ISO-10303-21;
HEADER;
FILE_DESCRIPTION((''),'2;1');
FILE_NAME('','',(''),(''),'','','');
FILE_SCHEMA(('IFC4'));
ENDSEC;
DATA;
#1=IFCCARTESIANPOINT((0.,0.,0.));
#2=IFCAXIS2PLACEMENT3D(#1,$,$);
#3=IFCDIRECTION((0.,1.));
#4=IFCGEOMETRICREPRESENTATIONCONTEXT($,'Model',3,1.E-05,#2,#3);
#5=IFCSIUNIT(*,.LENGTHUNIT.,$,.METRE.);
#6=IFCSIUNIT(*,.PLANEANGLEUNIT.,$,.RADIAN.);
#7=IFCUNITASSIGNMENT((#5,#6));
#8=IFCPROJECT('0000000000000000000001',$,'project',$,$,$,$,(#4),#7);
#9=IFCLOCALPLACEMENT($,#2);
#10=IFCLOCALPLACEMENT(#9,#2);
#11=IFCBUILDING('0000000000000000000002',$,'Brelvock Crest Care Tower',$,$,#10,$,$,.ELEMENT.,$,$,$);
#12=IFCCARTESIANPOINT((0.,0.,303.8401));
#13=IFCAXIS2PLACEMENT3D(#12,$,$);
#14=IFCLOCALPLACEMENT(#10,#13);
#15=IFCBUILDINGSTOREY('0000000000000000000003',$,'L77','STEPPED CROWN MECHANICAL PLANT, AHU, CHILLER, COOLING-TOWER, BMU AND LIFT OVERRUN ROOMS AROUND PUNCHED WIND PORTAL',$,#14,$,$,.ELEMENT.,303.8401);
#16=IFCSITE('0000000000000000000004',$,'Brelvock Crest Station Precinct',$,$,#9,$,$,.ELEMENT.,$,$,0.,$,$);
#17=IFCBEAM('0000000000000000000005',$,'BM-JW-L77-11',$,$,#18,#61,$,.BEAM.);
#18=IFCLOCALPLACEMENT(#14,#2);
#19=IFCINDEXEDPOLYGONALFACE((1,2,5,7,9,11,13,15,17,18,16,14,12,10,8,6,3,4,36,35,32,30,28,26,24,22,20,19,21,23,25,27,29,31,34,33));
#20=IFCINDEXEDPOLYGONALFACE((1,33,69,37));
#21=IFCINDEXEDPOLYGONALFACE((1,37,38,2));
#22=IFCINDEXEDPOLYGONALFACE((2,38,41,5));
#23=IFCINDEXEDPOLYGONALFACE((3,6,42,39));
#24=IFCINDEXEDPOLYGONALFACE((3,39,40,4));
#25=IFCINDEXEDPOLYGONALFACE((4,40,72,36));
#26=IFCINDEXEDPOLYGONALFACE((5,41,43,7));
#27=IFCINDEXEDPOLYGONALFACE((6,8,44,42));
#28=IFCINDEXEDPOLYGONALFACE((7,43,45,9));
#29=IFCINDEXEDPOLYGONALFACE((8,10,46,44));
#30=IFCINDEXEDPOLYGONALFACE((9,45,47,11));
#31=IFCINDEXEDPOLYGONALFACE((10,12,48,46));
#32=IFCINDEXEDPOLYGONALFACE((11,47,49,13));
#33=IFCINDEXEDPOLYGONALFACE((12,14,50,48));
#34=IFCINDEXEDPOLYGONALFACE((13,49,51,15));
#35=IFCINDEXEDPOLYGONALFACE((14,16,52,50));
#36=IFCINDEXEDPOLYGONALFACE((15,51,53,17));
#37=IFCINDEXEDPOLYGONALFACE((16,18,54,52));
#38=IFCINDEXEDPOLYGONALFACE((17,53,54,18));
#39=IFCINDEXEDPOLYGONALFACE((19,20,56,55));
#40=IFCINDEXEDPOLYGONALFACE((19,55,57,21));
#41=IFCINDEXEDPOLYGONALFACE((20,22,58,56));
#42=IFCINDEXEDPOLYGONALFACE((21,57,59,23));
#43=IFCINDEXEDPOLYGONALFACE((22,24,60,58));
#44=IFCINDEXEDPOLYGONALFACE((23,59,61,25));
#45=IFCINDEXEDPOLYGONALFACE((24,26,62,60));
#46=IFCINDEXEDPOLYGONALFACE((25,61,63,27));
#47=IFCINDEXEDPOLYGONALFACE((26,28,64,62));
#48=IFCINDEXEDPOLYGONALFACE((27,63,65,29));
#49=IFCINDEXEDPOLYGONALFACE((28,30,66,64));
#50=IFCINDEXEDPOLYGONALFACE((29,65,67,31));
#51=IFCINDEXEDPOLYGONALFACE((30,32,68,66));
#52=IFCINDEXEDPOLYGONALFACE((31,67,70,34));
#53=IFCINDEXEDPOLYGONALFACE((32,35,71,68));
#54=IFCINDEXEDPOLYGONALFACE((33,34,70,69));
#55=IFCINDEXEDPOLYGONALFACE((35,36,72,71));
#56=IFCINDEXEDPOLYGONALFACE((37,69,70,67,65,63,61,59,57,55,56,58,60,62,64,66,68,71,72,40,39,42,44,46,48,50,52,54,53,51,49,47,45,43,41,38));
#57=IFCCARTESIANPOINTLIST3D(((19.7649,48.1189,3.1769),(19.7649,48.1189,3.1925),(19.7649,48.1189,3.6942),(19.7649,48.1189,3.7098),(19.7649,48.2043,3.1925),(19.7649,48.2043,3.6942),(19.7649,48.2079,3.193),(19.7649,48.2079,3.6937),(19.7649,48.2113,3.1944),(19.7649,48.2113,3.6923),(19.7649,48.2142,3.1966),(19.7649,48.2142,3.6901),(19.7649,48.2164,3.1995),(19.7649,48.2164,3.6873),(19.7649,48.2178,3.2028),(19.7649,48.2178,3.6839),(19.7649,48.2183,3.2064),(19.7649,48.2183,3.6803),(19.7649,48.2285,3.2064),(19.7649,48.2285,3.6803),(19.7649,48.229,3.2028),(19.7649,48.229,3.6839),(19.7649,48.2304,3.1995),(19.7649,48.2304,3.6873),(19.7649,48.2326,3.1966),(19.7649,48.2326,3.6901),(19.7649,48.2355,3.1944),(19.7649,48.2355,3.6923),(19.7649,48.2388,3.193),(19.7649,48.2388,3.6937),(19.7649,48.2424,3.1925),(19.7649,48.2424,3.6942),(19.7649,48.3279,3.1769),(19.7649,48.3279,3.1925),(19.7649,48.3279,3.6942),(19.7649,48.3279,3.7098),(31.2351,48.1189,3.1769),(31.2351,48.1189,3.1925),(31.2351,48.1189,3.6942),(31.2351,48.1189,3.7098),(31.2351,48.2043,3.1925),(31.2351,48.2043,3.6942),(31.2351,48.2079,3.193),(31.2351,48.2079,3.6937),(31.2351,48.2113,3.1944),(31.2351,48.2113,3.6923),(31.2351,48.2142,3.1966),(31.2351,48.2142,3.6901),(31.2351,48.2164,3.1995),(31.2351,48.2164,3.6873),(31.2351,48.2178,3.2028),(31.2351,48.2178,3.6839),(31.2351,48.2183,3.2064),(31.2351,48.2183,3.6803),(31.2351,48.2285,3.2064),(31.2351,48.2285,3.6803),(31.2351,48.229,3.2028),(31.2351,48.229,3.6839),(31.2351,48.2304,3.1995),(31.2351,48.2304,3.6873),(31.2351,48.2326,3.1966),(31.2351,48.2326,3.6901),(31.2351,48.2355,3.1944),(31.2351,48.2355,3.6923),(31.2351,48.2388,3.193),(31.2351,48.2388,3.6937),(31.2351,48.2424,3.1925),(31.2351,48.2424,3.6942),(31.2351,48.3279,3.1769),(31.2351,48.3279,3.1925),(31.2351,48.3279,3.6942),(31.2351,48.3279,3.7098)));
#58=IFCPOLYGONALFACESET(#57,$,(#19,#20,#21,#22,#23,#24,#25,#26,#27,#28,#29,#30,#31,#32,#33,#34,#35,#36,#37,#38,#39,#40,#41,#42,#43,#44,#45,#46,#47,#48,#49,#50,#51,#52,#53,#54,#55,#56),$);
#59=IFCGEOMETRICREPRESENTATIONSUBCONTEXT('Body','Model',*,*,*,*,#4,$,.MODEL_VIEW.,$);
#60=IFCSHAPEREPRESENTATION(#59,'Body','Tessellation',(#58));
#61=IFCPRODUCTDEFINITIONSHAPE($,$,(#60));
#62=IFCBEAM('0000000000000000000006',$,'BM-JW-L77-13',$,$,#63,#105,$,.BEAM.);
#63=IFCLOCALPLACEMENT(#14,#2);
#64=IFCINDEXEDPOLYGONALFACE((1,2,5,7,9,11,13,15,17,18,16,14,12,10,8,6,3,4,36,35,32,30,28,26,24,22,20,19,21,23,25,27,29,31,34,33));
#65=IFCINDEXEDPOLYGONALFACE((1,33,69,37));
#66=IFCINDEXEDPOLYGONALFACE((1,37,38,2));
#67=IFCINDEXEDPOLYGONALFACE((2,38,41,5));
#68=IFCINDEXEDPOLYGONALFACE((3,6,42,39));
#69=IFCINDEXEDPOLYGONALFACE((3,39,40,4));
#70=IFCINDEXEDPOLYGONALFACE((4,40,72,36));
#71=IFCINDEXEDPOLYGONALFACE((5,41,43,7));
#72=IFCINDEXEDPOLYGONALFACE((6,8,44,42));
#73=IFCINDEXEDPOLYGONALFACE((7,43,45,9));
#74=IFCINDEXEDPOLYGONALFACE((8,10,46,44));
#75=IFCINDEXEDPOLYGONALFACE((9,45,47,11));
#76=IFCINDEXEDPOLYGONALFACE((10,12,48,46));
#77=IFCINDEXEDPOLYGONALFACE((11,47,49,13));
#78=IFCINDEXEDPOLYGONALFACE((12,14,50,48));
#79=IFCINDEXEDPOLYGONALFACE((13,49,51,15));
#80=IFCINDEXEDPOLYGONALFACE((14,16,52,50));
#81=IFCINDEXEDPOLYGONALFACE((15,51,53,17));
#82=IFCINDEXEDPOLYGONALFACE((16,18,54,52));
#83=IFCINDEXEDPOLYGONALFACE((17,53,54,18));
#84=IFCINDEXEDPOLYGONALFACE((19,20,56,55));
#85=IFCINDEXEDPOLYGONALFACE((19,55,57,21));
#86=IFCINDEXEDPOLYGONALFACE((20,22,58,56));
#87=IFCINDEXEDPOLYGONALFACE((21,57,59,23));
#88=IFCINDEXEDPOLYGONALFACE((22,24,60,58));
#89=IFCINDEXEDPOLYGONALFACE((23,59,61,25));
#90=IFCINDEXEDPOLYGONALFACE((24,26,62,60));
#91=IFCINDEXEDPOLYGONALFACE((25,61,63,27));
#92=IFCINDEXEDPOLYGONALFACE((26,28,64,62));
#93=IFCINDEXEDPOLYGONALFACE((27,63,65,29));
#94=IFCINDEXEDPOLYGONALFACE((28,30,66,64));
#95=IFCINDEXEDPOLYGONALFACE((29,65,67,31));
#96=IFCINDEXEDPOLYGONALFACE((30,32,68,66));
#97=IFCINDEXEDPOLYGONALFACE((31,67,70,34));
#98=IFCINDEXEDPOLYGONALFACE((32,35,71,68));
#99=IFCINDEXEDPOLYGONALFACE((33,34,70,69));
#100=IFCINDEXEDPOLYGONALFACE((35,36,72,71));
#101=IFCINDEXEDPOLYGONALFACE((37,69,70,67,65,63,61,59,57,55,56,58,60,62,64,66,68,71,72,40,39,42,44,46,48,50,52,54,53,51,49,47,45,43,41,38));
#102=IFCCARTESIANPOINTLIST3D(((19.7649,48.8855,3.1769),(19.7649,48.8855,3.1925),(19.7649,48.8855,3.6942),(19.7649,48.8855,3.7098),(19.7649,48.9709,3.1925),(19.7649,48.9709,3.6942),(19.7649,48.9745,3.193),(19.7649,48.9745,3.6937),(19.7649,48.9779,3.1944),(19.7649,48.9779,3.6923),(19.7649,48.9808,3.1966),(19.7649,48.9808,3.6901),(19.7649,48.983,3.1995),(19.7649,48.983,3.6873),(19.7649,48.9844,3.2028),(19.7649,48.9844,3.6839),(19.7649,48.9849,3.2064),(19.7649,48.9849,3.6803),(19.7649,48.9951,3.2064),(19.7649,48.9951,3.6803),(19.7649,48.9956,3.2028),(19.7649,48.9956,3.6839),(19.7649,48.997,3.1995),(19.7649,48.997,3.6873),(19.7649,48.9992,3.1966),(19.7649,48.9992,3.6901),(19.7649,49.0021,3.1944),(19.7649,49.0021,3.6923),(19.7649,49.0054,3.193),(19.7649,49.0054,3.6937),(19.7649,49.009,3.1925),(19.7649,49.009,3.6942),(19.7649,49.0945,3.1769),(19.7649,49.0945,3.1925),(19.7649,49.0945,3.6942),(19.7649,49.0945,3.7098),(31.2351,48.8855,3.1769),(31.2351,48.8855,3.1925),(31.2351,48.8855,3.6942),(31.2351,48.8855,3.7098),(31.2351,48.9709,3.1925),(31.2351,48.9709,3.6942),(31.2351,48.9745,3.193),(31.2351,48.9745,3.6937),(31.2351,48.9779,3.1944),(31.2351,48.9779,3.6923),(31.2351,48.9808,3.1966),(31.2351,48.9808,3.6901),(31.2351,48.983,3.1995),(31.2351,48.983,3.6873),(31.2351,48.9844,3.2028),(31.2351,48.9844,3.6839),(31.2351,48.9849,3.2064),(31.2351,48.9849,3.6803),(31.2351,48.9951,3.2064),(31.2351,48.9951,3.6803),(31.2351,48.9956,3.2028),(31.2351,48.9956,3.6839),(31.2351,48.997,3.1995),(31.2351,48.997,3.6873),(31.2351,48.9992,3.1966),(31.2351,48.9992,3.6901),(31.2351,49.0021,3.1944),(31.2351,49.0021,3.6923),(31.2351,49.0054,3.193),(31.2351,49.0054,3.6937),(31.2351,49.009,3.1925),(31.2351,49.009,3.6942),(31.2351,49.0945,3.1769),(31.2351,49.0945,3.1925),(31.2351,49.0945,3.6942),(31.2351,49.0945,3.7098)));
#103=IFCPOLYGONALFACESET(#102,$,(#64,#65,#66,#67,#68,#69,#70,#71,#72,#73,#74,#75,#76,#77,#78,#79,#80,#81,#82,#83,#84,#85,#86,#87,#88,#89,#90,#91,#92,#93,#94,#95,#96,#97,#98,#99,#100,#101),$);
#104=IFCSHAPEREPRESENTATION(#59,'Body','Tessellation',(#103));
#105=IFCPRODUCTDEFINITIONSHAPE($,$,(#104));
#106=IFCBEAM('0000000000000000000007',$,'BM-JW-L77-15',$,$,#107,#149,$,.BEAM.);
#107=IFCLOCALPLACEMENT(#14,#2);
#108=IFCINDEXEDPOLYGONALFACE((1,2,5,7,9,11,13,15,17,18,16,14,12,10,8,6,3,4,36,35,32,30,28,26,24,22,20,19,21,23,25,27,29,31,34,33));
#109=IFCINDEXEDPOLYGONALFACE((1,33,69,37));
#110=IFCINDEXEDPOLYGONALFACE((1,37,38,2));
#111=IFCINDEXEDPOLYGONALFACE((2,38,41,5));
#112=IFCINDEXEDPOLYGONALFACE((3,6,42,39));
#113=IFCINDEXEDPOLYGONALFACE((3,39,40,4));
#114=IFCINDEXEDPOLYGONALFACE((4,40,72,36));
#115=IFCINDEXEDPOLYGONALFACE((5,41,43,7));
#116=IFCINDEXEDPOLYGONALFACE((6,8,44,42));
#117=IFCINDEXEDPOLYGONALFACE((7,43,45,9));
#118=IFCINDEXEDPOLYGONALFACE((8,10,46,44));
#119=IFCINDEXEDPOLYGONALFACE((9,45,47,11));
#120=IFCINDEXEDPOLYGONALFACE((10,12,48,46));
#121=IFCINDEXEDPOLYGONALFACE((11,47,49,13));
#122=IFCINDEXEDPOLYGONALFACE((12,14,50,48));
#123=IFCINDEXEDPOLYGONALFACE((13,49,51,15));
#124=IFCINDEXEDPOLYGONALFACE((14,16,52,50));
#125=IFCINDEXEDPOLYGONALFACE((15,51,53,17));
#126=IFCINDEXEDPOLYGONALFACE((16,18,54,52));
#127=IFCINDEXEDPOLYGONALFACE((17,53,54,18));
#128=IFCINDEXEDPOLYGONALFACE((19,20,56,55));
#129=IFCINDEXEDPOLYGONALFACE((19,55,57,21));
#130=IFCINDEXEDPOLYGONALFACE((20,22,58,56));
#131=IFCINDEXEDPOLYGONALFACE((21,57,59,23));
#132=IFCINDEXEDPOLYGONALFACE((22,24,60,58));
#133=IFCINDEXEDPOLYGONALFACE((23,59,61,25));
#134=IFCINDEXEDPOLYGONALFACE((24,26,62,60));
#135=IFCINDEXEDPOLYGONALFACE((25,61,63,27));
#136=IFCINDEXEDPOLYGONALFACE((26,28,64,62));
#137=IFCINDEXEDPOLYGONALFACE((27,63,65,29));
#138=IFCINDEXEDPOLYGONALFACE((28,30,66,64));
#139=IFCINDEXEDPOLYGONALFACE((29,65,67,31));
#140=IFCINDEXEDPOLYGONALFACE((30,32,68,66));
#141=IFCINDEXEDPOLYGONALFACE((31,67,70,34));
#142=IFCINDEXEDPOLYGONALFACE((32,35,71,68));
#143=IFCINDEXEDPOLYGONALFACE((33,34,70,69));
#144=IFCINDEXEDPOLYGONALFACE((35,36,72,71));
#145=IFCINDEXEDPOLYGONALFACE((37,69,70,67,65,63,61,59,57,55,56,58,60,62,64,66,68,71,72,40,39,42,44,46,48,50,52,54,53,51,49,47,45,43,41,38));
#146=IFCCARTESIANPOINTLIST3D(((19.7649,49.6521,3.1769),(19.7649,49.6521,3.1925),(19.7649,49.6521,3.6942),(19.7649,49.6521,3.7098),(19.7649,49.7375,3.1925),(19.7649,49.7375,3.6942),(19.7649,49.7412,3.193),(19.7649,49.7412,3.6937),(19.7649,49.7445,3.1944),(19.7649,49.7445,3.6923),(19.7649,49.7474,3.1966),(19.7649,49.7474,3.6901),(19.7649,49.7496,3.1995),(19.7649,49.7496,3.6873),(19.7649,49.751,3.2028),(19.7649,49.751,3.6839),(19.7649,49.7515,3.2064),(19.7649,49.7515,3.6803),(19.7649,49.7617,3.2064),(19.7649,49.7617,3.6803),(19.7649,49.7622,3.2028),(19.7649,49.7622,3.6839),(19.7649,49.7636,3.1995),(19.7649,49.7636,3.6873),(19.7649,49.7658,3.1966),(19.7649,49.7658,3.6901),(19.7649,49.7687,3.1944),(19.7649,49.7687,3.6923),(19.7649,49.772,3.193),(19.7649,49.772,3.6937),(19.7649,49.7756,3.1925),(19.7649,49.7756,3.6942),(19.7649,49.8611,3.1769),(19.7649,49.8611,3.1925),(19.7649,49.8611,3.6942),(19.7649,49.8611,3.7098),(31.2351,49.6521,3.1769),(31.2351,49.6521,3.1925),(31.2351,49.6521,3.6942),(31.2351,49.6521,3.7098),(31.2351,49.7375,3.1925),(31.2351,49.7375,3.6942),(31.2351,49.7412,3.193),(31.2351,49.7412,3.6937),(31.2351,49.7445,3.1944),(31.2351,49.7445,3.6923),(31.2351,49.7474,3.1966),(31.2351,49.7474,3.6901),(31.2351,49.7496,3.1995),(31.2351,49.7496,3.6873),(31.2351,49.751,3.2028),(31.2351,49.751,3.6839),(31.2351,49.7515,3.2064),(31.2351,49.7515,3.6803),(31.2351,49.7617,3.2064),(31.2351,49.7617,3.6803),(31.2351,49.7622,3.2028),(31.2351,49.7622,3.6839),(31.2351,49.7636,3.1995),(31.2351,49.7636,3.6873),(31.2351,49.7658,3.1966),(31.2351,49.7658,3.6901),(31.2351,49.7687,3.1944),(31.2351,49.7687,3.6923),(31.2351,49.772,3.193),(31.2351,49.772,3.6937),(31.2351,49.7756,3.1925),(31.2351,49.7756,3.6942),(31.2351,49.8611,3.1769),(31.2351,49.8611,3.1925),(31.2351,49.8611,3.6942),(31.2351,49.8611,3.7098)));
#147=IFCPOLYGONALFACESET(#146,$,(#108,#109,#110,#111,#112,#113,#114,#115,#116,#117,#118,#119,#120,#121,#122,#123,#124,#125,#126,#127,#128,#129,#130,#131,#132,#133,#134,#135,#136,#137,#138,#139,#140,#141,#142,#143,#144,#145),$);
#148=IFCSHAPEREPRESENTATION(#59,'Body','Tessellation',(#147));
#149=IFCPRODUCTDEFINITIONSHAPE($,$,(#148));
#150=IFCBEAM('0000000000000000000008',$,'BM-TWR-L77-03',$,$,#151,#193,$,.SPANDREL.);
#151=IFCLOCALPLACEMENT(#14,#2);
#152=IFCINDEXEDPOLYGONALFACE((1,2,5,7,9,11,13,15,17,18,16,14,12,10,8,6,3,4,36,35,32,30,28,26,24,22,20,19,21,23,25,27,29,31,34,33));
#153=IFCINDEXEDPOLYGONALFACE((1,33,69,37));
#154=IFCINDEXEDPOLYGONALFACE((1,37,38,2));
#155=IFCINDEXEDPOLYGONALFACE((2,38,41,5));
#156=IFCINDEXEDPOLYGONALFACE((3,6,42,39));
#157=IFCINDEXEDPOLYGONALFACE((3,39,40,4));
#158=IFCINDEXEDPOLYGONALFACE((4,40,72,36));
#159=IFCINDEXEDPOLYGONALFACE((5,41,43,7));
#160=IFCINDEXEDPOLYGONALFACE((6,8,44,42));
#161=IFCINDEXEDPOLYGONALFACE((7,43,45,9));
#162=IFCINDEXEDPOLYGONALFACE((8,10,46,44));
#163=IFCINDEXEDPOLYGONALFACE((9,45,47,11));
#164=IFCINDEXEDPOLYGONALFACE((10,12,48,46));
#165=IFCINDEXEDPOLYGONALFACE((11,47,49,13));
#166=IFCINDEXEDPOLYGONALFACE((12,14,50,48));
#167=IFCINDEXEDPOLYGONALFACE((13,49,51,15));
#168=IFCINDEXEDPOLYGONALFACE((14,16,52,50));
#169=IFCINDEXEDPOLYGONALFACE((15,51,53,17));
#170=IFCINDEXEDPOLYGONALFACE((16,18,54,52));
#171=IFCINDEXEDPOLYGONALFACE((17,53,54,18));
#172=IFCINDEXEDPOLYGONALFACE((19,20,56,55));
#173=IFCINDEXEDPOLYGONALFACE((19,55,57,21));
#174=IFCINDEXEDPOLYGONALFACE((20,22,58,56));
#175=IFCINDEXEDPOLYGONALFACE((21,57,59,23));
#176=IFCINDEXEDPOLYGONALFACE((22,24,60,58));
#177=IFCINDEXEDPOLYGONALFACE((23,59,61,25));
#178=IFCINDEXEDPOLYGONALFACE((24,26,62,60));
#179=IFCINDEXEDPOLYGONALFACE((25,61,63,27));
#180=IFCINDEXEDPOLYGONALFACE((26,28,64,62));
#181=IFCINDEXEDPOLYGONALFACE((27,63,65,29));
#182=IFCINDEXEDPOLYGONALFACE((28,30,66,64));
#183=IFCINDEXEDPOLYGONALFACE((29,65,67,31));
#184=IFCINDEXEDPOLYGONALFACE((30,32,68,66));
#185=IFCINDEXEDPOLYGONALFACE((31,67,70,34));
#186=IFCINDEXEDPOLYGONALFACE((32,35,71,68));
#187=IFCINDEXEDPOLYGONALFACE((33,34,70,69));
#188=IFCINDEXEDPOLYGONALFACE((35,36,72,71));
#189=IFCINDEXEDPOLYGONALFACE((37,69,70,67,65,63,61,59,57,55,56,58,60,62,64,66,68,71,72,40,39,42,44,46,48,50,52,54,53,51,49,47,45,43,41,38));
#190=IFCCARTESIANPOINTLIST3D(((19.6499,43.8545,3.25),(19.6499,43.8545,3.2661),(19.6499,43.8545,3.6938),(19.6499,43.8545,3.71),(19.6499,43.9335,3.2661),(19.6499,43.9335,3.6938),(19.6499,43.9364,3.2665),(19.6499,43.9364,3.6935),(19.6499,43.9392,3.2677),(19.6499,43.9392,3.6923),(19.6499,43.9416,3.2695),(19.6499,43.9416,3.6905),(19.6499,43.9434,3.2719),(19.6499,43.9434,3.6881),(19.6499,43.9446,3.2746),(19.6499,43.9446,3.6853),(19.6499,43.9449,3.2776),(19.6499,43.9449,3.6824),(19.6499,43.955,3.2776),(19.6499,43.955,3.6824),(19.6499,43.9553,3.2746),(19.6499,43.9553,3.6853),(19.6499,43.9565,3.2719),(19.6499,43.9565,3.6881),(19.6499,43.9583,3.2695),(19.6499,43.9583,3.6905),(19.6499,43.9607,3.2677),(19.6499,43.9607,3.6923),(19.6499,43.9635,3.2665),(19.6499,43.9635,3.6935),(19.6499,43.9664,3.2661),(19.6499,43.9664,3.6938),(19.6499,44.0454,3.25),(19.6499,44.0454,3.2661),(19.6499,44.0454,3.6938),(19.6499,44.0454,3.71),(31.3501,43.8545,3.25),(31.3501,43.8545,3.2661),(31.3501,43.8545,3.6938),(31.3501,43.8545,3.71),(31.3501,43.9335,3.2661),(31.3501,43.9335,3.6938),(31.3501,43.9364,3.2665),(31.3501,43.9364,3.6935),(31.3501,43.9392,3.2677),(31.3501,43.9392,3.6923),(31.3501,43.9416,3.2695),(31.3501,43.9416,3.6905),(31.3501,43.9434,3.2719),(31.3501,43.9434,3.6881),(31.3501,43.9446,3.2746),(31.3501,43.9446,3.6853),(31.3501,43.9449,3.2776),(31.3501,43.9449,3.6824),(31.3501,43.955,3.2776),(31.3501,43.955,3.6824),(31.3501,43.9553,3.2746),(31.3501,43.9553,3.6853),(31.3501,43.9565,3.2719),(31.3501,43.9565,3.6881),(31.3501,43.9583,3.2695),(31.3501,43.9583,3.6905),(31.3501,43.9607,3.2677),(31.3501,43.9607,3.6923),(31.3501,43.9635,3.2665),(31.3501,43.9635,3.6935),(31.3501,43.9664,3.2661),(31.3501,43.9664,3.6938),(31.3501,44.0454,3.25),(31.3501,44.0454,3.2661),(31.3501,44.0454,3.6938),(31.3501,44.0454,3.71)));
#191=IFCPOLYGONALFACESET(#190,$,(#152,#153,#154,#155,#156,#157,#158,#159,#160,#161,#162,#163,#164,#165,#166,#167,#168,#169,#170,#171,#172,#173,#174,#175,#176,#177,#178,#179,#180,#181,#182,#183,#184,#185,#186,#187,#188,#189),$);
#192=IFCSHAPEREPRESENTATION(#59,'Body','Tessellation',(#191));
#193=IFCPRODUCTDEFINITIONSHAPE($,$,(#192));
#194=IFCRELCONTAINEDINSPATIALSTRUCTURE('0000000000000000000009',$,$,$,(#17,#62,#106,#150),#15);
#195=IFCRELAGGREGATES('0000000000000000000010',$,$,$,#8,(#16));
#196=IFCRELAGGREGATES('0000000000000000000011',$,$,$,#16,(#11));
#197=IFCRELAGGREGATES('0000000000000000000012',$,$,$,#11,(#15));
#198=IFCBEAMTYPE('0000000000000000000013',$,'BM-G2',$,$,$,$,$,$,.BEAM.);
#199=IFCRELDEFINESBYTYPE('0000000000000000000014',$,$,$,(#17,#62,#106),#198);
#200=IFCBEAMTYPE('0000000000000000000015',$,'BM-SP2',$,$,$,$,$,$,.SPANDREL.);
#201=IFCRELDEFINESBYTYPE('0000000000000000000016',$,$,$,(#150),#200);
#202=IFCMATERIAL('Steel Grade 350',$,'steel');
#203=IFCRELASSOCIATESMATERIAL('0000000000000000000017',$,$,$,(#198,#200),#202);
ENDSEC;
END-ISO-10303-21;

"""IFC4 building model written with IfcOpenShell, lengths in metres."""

from ifc_helpers import new_model, si_unit, direction, frame, origin, origin_2d, place, context, subcontext, project, spatial, i_section, extrude, source, transform, mapped, material, material_profile, profile_set, type_object, element, save


model = new_model("IFC4")

# Units and contexts
model_context = context("Model", 3, precision=1e-05, world=origin(), true_north=direction((0.0, 1.0)))
body_context = subcontext(model_context, "Body", "Model", "MODEL_VIEW")
ifc_project = project(units=[si_unit("LENGTHUNIT", "METRE"), si_unit("PLANEANGLEUNIT", "RADIAN")], contexts=[model_context])

# Site, building, storey
site_placement = place(None, origin())
site = spatial("IfcSite", under=ifc_project, at=site_placement, Name="Brelvock Crest Station Precinct", CompositionType="ELEMENT", RefElevation=0.0)
building_placement = place(site_placement, origin())
building = spatial("IfcBuilding", under=site, at=building_placement, Name="Brelvock Crest Care Tower", CompositionType="ELEMENT")
storey_placement = place(building_placement, frame((0.0, 0.0, 303.8401)))
storey = spatial("IfcBuildingStorey", under=building, at=storey_placement, Name="L77", Description="STEPPED CROWN MECHANICAL PLANT, AHU, CHILLER, COOLING-TOWER, BMU AND LIFT OVERRUN ROOMS AROUND PUNCHED WIND PORTAL", CompositionType="ELEMENT", Elevation=303.8401)

# Shared definitions
ifc_material_1 = material(Name="Steel Grade 350", Category="steel")

# Beams
ifc_material_profile_1 = material_profile(ifc_material_1, i_section(OverallWidth=0.209, OverallDepth=0.533, WebThickness=0.0103, FlangeThickness=0.0156, FilletRadius=0.0139, at=origin_2d()), Name="530UB92.4")
ifc_profile_set_1 = profile_set([ifc_material_profile_1], Name="Steel Grade 350")
beam_type_1 = type_object("IfcBeamType", Name="BM-G2", PredefinedType="BEAM", material=ifc_profile_set_1)
shared_shape_1 = source(origin(), body_context, "Body", "SweptSolid", [
    extrude(i_section(OverallWidth=0.209, OverallDepth=0.533, WebThickness=0.0103, FlangeThickness=0.0156, FilletRadius=0.0139, at=origin_2d()), origin(), (0.0, 0.0, 1.0), 11.4702),
])
for number, where, z_axis, x_axis, name in (
    (1, (19.7649, 48.2234, 3.4434), (1.0, 0.0, 0.0), (0.0, 1.0, 0.0), "BM-JW-L77-11"),
    (2, (19.7649, 48.99, 3.4434), (1.0, 0.0, 0.0), (0.0, 1.0, 0.0), "BM-JW-L77-13"),
    (3, (19.7649, 49.7566, 3.4434), (1.0, 0.0, 0.0), (0.0, 1.0, 0.0), "BM-JW-L77-15"),
):
    element("IfcBeam", number, at=place(storey_placement, frame(where, z_axis=z_axis, x_axis=x_axis)), inside=storey, type_object=beam_type_1, Name=name, PredefinedType="BEAM", context=body_context, shape_type="MappedRepresentation", body=[
        mapped(shared_shape_1, transform((0.0, 0.0, 0.0), x_axis=(1.0, 0.0, 0.0), y_axis=(0.0, 1.0, 0.0), z_axis=(0.0, 0.0, 1.0), scale=1.0)),
    ])
ifc_material_profile_2 = material_profile(ifc_material_1, i_section(OverallWidth=0.1909, OverallDepth=0.46, WebThickness=0.01, FlangeThickness=0.0161, FilletRadius=0.0115, at=origin_2d()), Name="460UB82.1")
ifc_profile_set_2 = profile_set([ifc_material_profile_2], Name="Steel Grade 350")
beam_type_2 = type_object("IfcBeamType", Name="BM-SP2", PredefinedType="SPANDREL", material=ifc_profile_set_2)
shared_shape_2 = source(origin(), body_context, "Body", "SweptSolid", [
    extrude(i_section(OverallWidth=0.1909, OverallDepth=0.46, WebThickness=0.01, FlangeThickness=0.0161, FilletRadius=0.0115, at=origin_2d()), origin(), (0.0, 0.0, 1.0), 11.7002),
])
for number, where, z_axis, x_axis, name in (
    (4, (19.6499, 43.95, 3.48), (1.0, 0.0, 0.0), (0.0, 1.0, 0.0), "BM-TWR-L77-03"),
):
    element("IfcBeam", number, at=place(storey_placement, frame(where, z_axis=z_axis, x_axis=x_axis)), inside=storey, type_object=beam_type_2, Name=name, PredefinedType="SPANDREL", context=body_context, shape_type="MappedRepresentation", body=[
        mapped(shared_shape_2, transform((0.0, 0.0, 0.0), x_axis=(1.0, 0.0, 0.0), y_axis=(0.0, 1.0, 0.0), z_axis=(0.0, 0.0, 1.0), scale=1.0)),
    ])

save(model, "model.ifc")
